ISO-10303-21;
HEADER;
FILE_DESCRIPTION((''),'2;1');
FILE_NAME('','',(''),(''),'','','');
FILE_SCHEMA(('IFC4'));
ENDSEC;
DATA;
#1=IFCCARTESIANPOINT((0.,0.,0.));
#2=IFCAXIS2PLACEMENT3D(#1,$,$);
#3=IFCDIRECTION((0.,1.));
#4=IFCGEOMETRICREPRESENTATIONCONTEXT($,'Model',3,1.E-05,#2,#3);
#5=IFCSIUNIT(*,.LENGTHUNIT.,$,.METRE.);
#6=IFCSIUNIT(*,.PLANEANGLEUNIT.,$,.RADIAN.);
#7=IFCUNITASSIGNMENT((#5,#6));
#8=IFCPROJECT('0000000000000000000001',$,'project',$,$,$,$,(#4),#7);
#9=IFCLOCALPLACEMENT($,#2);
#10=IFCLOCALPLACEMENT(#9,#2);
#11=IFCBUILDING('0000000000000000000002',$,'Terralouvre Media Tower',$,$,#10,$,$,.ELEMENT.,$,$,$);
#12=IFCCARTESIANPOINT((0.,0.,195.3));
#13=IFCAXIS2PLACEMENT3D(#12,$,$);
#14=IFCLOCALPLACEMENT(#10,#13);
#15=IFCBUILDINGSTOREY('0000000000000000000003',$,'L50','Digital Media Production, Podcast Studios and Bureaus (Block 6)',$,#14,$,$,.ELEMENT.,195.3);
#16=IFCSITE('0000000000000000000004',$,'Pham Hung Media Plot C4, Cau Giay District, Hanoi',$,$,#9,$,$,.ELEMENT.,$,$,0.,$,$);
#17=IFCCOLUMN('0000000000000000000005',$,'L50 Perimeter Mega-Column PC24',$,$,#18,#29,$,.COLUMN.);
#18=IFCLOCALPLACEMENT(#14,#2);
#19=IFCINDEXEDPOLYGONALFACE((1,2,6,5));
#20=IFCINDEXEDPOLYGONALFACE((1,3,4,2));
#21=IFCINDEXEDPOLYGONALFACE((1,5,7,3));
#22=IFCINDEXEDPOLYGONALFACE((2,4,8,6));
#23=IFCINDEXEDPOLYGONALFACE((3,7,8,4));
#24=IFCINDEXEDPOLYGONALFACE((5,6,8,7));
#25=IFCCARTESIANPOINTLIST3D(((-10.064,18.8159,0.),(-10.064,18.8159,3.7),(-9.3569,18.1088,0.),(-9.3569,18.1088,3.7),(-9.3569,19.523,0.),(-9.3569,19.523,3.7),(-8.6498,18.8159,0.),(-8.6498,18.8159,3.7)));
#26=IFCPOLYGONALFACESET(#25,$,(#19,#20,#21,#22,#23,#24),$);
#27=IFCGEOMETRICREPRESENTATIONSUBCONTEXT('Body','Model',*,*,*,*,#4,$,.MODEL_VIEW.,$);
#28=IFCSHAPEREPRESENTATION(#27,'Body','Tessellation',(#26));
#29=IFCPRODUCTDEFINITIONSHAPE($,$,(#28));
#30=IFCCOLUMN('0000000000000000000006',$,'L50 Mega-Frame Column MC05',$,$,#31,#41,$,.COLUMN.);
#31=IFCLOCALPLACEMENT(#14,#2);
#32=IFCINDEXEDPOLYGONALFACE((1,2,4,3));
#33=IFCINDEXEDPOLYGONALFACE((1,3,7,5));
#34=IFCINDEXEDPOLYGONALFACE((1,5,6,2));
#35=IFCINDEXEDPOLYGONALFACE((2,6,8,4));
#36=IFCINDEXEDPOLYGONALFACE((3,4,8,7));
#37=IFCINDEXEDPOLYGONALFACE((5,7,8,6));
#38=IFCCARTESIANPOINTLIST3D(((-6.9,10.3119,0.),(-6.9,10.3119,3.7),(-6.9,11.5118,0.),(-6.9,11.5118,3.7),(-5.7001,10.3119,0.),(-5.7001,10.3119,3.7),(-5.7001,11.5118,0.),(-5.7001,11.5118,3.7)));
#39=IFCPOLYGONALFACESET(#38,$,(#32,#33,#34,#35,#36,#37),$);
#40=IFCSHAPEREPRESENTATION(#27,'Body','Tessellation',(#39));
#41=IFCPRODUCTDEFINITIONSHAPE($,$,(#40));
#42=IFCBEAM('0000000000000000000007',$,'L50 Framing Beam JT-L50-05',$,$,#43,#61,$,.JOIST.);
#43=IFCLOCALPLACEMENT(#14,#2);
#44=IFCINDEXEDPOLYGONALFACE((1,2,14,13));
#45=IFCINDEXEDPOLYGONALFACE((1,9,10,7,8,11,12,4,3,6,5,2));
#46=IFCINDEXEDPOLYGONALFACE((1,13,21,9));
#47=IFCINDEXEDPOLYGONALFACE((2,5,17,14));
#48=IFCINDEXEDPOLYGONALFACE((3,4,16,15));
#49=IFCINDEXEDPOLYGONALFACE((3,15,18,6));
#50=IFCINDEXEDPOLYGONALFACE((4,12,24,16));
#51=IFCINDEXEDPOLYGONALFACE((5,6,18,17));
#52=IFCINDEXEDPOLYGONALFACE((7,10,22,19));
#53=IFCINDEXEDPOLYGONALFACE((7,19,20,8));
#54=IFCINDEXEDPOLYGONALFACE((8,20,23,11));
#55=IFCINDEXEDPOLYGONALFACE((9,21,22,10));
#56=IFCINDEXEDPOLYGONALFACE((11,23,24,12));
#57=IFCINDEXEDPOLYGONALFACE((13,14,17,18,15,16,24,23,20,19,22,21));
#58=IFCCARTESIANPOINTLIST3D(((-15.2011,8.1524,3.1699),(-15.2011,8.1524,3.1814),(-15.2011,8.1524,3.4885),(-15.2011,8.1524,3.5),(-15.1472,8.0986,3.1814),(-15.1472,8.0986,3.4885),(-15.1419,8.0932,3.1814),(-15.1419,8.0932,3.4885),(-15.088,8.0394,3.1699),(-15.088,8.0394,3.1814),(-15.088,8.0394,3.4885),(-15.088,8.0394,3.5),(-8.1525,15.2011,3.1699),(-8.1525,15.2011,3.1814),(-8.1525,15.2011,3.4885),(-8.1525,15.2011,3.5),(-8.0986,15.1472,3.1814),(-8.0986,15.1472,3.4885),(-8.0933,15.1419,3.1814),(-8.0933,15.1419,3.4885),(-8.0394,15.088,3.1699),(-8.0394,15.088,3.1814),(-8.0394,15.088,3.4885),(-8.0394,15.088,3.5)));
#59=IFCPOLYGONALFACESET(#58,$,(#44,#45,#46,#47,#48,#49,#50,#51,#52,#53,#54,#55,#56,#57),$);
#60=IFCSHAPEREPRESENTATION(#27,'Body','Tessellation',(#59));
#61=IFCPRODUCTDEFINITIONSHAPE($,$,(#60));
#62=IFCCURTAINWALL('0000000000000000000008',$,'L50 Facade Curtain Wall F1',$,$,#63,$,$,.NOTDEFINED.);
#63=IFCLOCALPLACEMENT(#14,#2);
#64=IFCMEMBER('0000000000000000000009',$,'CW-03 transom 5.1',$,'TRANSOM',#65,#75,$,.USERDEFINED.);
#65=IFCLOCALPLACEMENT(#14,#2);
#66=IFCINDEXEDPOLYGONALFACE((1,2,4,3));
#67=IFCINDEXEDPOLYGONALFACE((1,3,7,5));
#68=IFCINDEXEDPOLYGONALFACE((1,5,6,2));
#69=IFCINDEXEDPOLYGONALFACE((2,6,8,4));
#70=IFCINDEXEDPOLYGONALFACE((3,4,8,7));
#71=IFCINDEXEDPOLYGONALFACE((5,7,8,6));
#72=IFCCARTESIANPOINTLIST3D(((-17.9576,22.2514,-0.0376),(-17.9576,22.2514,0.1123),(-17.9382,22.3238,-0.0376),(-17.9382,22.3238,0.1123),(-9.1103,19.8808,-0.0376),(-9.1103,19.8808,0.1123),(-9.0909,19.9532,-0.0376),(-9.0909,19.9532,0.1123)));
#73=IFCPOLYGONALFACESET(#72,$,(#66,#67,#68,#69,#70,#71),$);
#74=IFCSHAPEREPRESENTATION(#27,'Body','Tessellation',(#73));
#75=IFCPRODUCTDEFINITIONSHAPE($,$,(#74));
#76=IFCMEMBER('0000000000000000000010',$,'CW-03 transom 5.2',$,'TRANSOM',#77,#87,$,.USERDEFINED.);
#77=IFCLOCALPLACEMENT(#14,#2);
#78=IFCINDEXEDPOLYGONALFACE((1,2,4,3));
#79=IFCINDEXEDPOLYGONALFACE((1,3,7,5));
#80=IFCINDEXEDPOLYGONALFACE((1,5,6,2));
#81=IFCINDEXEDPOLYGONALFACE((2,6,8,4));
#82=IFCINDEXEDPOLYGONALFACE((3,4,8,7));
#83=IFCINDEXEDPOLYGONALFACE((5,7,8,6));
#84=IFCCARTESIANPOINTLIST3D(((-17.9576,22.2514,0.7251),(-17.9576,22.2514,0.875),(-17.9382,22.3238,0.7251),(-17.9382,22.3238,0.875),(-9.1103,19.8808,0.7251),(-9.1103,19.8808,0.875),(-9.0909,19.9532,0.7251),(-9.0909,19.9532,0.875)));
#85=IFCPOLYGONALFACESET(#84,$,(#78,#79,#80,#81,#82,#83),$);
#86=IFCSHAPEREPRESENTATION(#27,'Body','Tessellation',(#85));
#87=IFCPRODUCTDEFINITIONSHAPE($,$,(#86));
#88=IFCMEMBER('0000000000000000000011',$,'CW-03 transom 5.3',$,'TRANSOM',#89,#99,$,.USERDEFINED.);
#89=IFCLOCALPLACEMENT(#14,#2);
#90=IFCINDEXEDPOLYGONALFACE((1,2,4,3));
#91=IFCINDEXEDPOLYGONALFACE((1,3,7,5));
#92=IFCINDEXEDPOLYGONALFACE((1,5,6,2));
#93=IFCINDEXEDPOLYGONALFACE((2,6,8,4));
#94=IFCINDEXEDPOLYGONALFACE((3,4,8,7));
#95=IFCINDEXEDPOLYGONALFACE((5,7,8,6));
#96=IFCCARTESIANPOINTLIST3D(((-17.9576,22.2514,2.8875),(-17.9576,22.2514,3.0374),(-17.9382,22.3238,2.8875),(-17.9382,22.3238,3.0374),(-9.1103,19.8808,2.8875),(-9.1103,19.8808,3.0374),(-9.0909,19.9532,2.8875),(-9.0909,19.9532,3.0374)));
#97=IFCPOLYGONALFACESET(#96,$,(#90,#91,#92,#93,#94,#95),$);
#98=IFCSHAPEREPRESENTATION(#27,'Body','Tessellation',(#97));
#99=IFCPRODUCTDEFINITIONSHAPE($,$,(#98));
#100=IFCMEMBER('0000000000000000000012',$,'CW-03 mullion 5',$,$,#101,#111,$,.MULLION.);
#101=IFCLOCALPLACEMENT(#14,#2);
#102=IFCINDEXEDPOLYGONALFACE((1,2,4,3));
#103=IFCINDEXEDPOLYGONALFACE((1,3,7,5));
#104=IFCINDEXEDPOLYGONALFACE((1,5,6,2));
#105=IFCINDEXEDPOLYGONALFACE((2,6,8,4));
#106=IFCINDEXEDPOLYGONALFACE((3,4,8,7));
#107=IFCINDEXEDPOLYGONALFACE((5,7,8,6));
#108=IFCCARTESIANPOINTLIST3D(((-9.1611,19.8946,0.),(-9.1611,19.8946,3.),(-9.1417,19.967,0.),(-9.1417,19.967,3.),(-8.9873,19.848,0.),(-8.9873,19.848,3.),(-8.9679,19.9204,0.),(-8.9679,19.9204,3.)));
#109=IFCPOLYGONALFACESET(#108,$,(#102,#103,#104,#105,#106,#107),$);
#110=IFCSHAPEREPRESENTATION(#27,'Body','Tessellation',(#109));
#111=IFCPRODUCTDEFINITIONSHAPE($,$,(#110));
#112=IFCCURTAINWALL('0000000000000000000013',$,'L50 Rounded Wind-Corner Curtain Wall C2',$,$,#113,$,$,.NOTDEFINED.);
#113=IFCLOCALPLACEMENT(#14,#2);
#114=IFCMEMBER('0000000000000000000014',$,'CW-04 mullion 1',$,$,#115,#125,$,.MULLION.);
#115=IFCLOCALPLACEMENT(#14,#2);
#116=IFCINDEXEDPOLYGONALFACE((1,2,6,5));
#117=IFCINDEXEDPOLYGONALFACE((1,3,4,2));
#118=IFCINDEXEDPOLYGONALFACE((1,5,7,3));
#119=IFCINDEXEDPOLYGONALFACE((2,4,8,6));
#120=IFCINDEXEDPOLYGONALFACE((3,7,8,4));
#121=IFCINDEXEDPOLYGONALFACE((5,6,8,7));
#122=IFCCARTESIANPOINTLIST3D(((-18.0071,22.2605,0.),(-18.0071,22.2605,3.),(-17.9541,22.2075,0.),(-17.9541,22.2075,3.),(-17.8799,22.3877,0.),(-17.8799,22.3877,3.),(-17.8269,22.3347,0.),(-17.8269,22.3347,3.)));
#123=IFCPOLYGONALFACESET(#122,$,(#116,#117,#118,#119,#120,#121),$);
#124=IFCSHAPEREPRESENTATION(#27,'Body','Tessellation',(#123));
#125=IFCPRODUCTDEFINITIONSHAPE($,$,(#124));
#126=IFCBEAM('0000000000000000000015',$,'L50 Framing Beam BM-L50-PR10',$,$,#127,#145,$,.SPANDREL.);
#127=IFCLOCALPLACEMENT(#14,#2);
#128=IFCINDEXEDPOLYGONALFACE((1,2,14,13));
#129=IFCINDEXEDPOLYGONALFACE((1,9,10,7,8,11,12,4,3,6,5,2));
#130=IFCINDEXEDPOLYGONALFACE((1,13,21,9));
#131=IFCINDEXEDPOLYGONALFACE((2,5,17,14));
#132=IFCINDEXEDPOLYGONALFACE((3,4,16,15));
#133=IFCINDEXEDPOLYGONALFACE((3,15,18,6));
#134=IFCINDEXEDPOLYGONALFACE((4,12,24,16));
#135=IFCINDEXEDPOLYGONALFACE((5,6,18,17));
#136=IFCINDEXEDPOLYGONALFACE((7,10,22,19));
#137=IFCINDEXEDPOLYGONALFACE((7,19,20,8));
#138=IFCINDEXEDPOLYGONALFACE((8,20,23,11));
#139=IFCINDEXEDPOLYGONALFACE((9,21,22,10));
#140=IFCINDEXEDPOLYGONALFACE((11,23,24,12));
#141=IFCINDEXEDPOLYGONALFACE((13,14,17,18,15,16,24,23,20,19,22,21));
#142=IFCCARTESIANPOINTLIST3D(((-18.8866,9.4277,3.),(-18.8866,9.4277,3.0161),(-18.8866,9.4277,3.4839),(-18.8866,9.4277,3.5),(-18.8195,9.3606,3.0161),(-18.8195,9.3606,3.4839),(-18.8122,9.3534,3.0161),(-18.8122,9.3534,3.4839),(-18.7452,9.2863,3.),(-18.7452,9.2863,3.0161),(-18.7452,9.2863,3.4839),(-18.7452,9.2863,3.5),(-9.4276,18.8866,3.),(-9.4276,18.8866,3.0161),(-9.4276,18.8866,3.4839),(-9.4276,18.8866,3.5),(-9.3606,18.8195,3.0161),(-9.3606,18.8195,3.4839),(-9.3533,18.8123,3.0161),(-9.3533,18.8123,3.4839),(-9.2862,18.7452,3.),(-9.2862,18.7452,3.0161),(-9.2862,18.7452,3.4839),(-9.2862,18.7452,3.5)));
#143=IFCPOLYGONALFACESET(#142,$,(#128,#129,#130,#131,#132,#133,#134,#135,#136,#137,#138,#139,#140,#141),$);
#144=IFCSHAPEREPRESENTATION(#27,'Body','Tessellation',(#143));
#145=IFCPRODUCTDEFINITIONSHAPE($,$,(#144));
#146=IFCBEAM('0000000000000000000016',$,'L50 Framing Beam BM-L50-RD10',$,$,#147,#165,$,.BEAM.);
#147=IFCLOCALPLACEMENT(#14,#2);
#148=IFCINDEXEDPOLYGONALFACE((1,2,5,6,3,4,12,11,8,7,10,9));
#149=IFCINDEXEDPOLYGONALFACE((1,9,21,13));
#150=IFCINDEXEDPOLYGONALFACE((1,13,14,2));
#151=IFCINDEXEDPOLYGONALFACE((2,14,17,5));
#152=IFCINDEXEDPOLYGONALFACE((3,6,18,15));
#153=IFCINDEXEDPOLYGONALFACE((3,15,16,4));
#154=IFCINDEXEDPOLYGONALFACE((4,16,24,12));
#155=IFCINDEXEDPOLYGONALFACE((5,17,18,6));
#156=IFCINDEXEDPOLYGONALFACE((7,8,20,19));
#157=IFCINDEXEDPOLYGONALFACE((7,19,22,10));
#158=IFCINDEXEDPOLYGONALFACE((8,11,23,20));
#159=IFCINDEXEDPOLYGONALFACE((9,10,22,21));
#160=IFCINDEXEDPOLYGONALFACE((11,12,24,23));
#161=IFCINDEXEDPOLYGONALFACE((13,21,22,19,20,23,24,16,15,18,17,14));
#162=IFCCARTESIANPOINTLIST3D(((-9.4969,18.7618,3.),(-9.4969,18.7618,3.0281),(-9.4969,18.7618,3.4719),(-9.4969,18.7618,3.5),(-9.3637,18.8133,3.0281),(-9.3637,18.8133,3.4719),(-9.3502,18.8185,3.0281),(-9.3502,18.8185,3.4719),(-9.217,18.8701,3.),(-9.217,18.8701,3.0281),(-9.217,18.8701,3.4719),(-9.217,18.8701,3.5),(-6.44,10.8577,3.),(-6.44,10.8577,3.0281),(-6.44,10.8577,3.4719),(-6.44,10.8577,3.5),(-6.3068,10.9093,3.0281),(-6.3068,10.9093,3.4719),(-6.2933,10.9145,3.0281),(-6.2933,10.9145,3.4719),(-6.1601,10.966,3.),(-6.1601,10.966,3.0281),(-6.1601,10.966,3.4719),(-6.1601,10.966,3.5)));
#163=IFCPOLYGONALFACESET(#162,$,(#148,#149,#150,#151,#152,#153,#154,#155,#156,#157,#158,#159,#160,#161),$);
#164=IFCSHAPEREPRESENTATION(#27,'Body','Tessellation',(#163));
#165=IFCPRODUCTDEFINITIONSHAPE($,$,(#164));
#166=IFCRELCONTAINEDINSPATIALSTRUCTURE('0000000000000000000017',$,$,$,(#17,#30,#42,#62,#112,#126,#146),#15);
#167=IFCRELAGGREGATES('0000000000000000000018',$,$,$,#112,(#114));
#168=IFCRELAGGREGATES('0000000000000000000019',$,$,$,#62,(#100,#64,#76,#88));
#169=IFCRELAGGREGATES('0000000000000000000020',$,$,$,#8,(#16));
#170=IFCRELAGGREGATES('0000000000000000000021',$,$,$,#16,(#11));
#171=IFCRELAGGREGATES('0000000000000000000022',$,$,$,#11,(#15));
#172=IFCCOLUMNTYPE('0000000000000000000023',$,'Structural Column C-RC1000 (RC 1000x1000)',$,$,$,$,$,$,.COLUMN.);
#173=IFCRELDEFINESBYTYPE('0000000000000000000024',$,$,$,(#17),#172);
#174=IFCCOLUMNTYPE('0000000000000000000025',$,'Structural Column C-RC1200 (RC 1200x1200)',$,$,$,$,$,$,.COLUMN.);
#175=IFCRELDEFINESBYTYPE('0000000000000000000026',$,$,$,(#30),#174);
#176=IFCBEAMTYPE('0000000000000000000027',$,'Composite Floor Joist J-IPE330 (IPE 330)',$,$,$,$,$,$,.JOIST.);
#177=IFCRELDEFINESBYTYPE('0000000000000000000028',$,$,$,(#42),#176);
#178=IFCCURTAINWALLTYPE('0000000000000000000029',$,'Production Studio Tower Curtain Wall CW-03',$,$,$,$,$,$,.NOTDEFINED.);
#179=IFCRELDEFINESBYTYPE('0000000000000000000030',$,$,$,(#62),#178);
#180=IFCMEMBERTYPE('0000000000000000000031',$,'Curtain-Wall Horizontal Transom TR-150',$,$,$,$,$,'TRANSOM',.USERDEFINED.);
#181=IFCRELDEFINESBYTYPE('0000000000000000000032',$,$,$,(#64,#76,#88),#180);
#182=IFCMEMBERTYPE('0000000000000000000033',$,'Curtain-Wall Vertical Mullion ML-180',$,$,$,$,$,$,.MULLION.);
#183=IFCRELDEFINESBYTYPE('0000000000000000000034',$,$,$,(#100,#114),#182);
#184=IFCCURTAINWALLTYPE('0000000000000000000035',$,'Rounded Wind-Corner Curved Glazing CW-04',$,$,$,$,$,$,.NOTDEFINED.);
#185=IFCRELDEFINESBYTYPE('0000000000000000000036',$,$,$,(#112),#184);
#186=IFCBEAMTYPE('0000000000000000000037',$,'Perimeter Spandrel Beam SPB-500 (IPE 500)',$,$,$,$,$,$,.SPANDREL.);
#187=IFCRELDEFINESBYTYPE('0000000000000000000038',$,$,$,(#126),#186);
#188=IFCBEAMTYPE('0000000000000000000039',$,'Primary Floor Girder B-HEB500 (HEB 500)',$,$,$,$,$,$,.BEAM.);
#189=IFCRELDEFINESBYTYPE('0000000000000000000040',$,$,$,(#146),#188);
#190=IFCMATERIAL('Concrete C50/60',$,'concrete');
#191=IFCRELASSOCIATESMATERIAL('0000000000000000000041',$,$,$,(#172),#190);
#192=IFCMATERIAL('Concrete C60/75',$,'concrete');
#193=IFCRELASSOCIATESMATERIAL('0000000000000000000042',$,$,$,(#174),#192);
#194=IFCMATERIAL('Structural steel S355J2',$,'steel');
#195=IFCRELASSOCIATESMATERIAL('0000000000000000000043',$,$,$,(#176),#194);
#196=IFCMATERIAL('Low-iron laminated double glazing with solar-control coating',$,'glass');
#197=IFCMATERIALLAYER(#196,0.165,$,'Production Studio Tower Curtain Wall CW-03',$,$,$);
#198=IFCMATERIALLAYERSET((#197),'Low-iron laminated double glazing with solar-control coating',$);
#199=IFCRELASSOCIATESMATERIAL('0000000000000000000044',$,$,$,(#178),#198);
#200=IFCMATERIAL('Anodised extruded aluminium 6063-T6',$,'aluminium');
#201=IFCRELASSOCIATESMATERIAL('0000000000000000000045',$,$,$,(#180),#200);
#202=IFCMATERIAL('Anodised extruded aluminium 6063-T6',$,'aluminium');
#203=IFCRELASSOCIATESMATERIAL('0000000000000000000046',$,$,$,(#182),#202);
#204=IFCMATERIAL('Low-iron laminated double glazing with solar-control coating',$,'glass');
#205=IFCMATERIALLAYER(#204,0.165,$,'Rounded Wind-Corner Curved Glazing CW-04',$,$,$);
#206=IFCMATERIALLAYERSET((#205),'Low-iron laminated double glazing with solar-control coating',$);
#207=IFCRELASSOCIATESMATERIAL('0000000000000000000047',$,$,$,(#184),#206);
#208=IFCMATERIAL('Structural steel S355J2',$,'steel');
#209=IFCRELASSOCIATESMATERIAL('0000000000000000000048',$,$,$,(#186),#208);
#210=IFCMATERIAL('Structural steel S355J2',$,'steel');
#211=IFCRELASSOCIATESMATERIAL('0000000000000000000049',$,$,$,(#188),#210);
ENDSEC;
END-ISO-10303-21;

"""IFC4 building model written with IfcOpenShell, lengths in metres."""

from ifc_helpers import new_model, si_unit, direction, frame, origin, origin_2d, place, context, subcontext, project, spatial, rectangle, i_section, extrude, material, layer, layer_set, material_profile, profile_set, type_object, element, aggregate, save


model = new_model("IFC4")

# Units and contexts
model_context = context("Model", 3, precision=1e-05, world=origin(), true_north=direction((0.0, 1.0)))
body_context = subcontext(model_context, "Body", "Model", "MODEL_VIEW")
ifc_project = project(units=[si_unit("LENGTHUNIT", "METRE"), si_unit("PLANEANGLEUNIT", "RADIAN")], contexts=[model_context])

# Site, building, storey
site_placement = place(None, origin())
site = spatial("IfcSite", under=ifc_project, at=site_placement, Name="Pham Hung Media Plot C4, Cau Giay District, Hanoi", CompositionType="ELEMENT", RefElevation=0.0)
building_placement = place(site_placement, origin())
building = spatial("IfcBuilding", under=site, at=building_placement, Name="Terralouvre Media Tower", CompositionType="ELEMENT")
storey_placement = place(building_placement, frame((0.0, 0.0, 195.3)))
storey = spatial("IfcBuildingStorey", under=building, at=storey_placement, Name="L50", Description="Digital Media Production, Podcast Studios and Bureaus (Block 6)", CompositionType="ELEMENT", Elevation=195.3)

# Columns
ifc_material_1 = material(Name="Concrete C50/60", Category="concrete")
ifc_material_profile_1 = material_profile(ifc_material_1, rectangle(XDim=1.0, YDim=1.0, at=origin_2d()), Name="RC 1000x1000")
ifc_profile_set_1 = profile_set([ifc_material_profile_1], Name="Concrete C50/60")
column_type_1 = type_object("IfcColumnType", Name="Structural Column C-RC1000 (RC 1000x1000)", PredefinedType="COLUMN", material=ifc_profile_set_1)
column_1_placement = place(storey_placement, frame((-9.3569, 18.8159, 0.0), z_axis=(0.0, 0.0, 1.0), x_axis=(0.707107, 0.707107, 0.0)))
element("IfcColumn", 1, at=column_1_placement, inside=storey, type_object=column_type_1, Name="L50 Perimeter Mega-Column PC24", PredefinedType="COLUMN", context=body_context, shape_type="SweptSolid", body=[
    extrude(rectangle(XDim=1.0, YDim=1.0, at=origin_2d()), origin(), (0.0, 0.0, 1.0), 3.7),
])
ifc_material_2 = material(Name="Concrete C60/75", Category="concrete")
ifc_material_profile_2 = material_profile(ifc_material_2, rectangle(XDim=1.2, YDim=1.2, at=origin_2d()), Name="RC 1200x1200")
ifc_profile_set_2 = profile_set([ifc_material_profile_2], Name="Concrete C60/75")
column_type_2 = type_object("IfcColumnType", Name="Structural Column C-RC1200 (RC 1200x1200)", PredefinedType="COLUMN", material=ifc_profile_set_2)
column_2_placement = place(storey_placement, frame((-6.3, 10.9119, 0.0), z_axis=(0.0, 0.0, 1.0), x_axis=(1.0, 0.0, 0.0)))
element("IfcColumn", 2, at=column_2_placement, inside=storey, type_object=column_type_2, Name="L50 Mega-Frame Column MC05", PredefinedType="COLUMN", context=body_context, shape_type="SweptSolid", body=[
    extrude(rectangle(XDim=1.2, YDim=1.2, at=origin_2d()), origin(), (0.0, 0.0, 1.0), 3.7),
])

# Beam
ifc_material_3 = material(Name="Structural steel S355J2", Category="steel")
ifc_material_profile_3 = material_profile(ifc_material_3, i_section(OverallWidth=0.1599, OverallDepth=0.3301, WebThickness=0.0076, FlangeThickness=0.0115, at=origin_2d()), Name="IPE 330")
ifc_profile_set_3 = profile_set([ifc_material_profile_3], Name="Structural steel S355J2")
beam_type_1 = type_object("IfcBeamType", Name="Composite Floor Joist J-IPE330 (IPE 330)", PredefinedType="JOIST", material=ifc_profile_set_3)
beam_1_placement = place(storey_placement, frame((-8.0959, 15.1445, 3.335), z_axis=(-0.707107, -0.707107, 0.0), x_axis=(0.707107, -0.707107, 0.0)))
element("IfcBeam", 3, at=beam_1_placement, inside=storey, type_object=beam_type_1, Name="L50 Framing Beam JT-L50-05", PredefinedType="JOIST", context=body_context, shape_type="SweptSolid", body=[
    extrude(i_section(OverallWidth=0.1599, OverallDepth=0.3301, WebThickness=0.0076, FlangeThickness=0.0115, at=origin_2d()), origin(), (0.0, 0.0, 1.0), 9.9683),
])

# Curtain wall, members
ifc_material_4 = material(Name="Low-iron laminated double glazing with solar-control coating", Category="glass")
ifc_layer_1 = layer(ifc_material_4, 0.165, Name="Production Studio Tower Curtain Wall CW-03")
ifc_layer_set_1 = layer_set([ifc_layer_1], Name="Low-iron laminated double glazing with solar-control coating")
curtain_wall_type_1 = type_object("IfcCurtainWallType", Name="Production Studio Tower Curtain Wall CW-03", PredefinedType="NOTDEFINED", material=ifc_layer_set_1)
curtain_wall_1_placement = place(storey_placement, origin())
curtain_wall_1 = element("IfcCurtainWall", 4, at=curtain_wall_1_placement, inside=storey, type_object=curtain_wall_type_1, Name="L50 Facade Curtain Wall F1", PredefinedType="NOTDEFINED")
ifc_material_5 = material(Name="Anodised extruded aluminium 6063-T6", Category="aluminium")
ifc_material_profile_4 = material_profile(ifc_material_5, rectangle(XDim=0.075, YDim=0.1499, at=origin_2d()), Name="ALU 75x150")
ifc_profile_set_4 = profile_set([ifc_material_profile_4], Name="Anodised extruded aluminium 6063-T6")
member_type_1 = type_object("IfcMemberType", Name="Curtain-Wall Horizontal Transom TR-150", ElementType="TRANSOM", PredefinedType="USERDEFINED", material=ifc_profile_set_4)
member_1_placement = place(storey_placement, frame((-9.1006, 19.917, 0.0374), z_axis=(-0.965927, 0.258814, 0.0), x_axis=(-0.258814, -0.965927, 0.0)))
member_1 = element("IfcMember", 5, at=member_1_placement, type_object=member_type_1, Name="CW-03 transom 5.1", ObjectType="TRANSOM", PredefinedType="USERDEFINED", context=body_context, shape_type="SweptSolid", body=[
    extrude(rectangle(XDim=0.075, YDim=0.1499, at=origin_2d()), origin(), (0.0, 0.0, 1.0), 9.1594),
])
member_2_placement = place(storey_placement, frame((-9.1006, 19.917, 0.8), z_axis=(-0.965927, 0.258814, 0.0), x_axis=(-0.258814, -0.965927, 0.0)))
member_2 = element("IfcMember", 6, at=member_2_placement, type_object=member_type_1, Name="CW-03 transom 5.2", ObjectType="TRANSOM", PredefinedType="USERDEFINED", context=body_context, shape_type="SweptSolid", body=[
    extrude(rectangle(XDim=0.075, YDim=0.1499, at=origin_2d()), origin(), (0.0, 0.0, 1.0), 9.1594),
])
member_3_placement = place(storey_placement, frame((-9.1006, 19.917, 2.9624), z_axis=(-0.965927, 0.258814, 0.0), x_axis=(-0.258814, -0.965927, 0.0)))
member_3 = element("IfcMember", 7, at=member_3_placement, type_object=member_type_1, Name="CW-03 transom 5.3", ObjectType="TRANSOM", PredefinedType="USERDEFINED", context=body_context, shape_type="SweptSolid", body=[
    extrude(rectangle(XDim=0.075, YDim=0.1499, at=origin_2d()), origin(), (0.0, 0.0, 1.0), 9.1594),
])
ifc_material_6 = material(Name="Anodised extruded aluminium 6063-T6", Category="aluminium")
ifc_material_profile_5 = material_profile(ifc_material_6, rectangle(XDim=0.075, YDim=0.1799, at=origin_2d()), Name="ALU 75x180")
ifc_profile_set_5 = profile_set([ifc_material_profile_5], Name="Anodised extruded aluminium 6063-T6")
member_type_2 = type_object("IfcMemberType", Name="Curtain-Wall Vertical Mullion ML-180", PredefinedType="MULLION", material=ifc_profile_set_5)
member_4_placement = place(storey_placement, frame((-9.0645, 19.9075, 0.0), z_axis=(0.0, 0.0, 1.0), x_axis=(-0.258819, -0.965926, 0.0)))
member_4 = element("IfcMember", 8, at=member_4_placement, type_object=member_type_2, Name="CW-03 mullion 5", PredefinedType="MULLION", context=body_context, shape_type="SweptSolid", body=[
    extrude(rectangle(XDim=0.075, YDim=0.1799, at=origin_2d()), origin(), (0.0, 0.0, 1.0), 3.0),
])

# Curtain wall, member
ifc_material_7 = material(Name="Low-iron laminated double glazing with solar-control coating", Category="glass")
ifc_layer_2 = layer(ifc_material_7, 0.165, Name="Rounded Wind-Corner Curved Glazing CW-04")
ifc_layer_set_2 = layer_set([ifc_layer_2], Name="Low-iron laminated double glazing with solar-control coating")
curtain_wall_type_2 = type_object("IfcCurtainWallType", Name="Rounded Wind-Corner Curved Glazing CW-04", PredefinedType="NOTDEFINED", material=ifc_layer_set_2)
curtain_wall_2_placement = place(storey_placement, origin())
curtain_wall_2 = element("IfcCurtainWall", 9, at=curtain_wall_2_placement, inside=storey, type_object=curtain_wall_type_2, Name="L50 Rounded Wind-Corner Curtain Wall C2", PredefinedType="NOTDEFINED")
member_5_placement = place(storey_placement, frame((-17.917, 22.2976, 0.0), z_axis=(0.0, 0.0, 1.0), x_axis=(0.707107, -0.707107, 0.0)))
member_5 = element("IfcMember", 10, at=member_5_placement, type_object=member_type_2, Name="CW-04 mullion 1", PredefinedType="MULLION", context=body_context, shape_type="SweptSolid", body=[
    extrude(rectangle(XDim=0.075, YDim=0.1799, at=origin_2d()), origin(), (0.0, 0.0, 1.0), 3.0),
])
aggregate(curtain_wall_2, [member_5])

# Beams
ifc_material_8 = material(Name="Structural steel S355J2", Category="steel")
ifc_material_profile_6 = material_profile(ifc_material_8, i_section(OverallWidth=0.2, OverallDepth=0.5, WebThickness=0.0103, FlangeThickness=0.0161, at=origin_2d()), Name="IPE 500")
ifc_profile_set_6 = profile_set([ifc_material_profile_6], Name="Structural steel S355J2")
beam_type_2 = type_object("IfcBeamType", Name="Perimeter Spandrel Beam SPB-500 (IPE 500)", PredefinedType="SPANDREL", material=ifc_profile_set_6)
beam_2_placement = place(storey_placement, frame((-9.3569, 18.8159, 3.25), z_axis=(-0.707107, -0.707107, 0.0), x_axis=(0.707107, -0.707107, 0.0)))
element("IfcBeam", 11, at=beam_2_placement, inside=storey, type_object=beam_type_2, Name="L50 Framing Beam BM-L50-PR10", PredefinedType="SPANDREL", context=body_context, shape_type="SweptSolid", body=[
    extrude(i_section(OverallWidth=0.2, OverallDepth=0.5, WebThickness=0.0103, FlangeThickness=0.0161, at=origin_2d()), origin(), (0.0, 0.0, 1.0), 13.377),
])
ifc_material_9 = material(Name="Structural steel S355J2", Category="steel")
ifc_material_profile_7 = material_profile(ifc_material_9, i_section(OverallWidth=0.3, OverallDepth=0.5, WebThickness=0.0144, FlangeThickness=0.0281, at=origin_2d()), Name="HEB 500")
ifc_profile_set_7 = profile_set([ifc_material_profile_7], Name="Structural steel S355J2")
beam_type_3 = type_object("IfcBeamType", Name="Primary Floor Girder B-HEB500 (HEB 500)", PredefinedType="BEAM", material=ifc_profile_set_7)
beam_3_placement = place(storey_placement, frame((-6.3, 10.9119, 3.25), z_axis=(-0.360712, 0.932677, 0.0), x_axis=(-0.932677, -0.360712, 0.0)))
element("IfcBeam", 12, at=beam_3_placement, inside=storey, type_object=beam_type_3, Name="L50 Framing Beam BM-L50-RD10", PredefinedType="BEAM", context=body_context, shape_type="SweptSolid", body=[
    extrude(i_section(OverallWidth=0.3, OverallDepth=0.5, WebThickness=0.0144, FlangeThickness=0.0281, at=origin_2d()), origin(), (0.0, 0.0, 1.0), 8.4746),
])

aggregate(curtain_wall_1, [member_4, member_1, member_2, member_3])

save(model, "model.ifc")
